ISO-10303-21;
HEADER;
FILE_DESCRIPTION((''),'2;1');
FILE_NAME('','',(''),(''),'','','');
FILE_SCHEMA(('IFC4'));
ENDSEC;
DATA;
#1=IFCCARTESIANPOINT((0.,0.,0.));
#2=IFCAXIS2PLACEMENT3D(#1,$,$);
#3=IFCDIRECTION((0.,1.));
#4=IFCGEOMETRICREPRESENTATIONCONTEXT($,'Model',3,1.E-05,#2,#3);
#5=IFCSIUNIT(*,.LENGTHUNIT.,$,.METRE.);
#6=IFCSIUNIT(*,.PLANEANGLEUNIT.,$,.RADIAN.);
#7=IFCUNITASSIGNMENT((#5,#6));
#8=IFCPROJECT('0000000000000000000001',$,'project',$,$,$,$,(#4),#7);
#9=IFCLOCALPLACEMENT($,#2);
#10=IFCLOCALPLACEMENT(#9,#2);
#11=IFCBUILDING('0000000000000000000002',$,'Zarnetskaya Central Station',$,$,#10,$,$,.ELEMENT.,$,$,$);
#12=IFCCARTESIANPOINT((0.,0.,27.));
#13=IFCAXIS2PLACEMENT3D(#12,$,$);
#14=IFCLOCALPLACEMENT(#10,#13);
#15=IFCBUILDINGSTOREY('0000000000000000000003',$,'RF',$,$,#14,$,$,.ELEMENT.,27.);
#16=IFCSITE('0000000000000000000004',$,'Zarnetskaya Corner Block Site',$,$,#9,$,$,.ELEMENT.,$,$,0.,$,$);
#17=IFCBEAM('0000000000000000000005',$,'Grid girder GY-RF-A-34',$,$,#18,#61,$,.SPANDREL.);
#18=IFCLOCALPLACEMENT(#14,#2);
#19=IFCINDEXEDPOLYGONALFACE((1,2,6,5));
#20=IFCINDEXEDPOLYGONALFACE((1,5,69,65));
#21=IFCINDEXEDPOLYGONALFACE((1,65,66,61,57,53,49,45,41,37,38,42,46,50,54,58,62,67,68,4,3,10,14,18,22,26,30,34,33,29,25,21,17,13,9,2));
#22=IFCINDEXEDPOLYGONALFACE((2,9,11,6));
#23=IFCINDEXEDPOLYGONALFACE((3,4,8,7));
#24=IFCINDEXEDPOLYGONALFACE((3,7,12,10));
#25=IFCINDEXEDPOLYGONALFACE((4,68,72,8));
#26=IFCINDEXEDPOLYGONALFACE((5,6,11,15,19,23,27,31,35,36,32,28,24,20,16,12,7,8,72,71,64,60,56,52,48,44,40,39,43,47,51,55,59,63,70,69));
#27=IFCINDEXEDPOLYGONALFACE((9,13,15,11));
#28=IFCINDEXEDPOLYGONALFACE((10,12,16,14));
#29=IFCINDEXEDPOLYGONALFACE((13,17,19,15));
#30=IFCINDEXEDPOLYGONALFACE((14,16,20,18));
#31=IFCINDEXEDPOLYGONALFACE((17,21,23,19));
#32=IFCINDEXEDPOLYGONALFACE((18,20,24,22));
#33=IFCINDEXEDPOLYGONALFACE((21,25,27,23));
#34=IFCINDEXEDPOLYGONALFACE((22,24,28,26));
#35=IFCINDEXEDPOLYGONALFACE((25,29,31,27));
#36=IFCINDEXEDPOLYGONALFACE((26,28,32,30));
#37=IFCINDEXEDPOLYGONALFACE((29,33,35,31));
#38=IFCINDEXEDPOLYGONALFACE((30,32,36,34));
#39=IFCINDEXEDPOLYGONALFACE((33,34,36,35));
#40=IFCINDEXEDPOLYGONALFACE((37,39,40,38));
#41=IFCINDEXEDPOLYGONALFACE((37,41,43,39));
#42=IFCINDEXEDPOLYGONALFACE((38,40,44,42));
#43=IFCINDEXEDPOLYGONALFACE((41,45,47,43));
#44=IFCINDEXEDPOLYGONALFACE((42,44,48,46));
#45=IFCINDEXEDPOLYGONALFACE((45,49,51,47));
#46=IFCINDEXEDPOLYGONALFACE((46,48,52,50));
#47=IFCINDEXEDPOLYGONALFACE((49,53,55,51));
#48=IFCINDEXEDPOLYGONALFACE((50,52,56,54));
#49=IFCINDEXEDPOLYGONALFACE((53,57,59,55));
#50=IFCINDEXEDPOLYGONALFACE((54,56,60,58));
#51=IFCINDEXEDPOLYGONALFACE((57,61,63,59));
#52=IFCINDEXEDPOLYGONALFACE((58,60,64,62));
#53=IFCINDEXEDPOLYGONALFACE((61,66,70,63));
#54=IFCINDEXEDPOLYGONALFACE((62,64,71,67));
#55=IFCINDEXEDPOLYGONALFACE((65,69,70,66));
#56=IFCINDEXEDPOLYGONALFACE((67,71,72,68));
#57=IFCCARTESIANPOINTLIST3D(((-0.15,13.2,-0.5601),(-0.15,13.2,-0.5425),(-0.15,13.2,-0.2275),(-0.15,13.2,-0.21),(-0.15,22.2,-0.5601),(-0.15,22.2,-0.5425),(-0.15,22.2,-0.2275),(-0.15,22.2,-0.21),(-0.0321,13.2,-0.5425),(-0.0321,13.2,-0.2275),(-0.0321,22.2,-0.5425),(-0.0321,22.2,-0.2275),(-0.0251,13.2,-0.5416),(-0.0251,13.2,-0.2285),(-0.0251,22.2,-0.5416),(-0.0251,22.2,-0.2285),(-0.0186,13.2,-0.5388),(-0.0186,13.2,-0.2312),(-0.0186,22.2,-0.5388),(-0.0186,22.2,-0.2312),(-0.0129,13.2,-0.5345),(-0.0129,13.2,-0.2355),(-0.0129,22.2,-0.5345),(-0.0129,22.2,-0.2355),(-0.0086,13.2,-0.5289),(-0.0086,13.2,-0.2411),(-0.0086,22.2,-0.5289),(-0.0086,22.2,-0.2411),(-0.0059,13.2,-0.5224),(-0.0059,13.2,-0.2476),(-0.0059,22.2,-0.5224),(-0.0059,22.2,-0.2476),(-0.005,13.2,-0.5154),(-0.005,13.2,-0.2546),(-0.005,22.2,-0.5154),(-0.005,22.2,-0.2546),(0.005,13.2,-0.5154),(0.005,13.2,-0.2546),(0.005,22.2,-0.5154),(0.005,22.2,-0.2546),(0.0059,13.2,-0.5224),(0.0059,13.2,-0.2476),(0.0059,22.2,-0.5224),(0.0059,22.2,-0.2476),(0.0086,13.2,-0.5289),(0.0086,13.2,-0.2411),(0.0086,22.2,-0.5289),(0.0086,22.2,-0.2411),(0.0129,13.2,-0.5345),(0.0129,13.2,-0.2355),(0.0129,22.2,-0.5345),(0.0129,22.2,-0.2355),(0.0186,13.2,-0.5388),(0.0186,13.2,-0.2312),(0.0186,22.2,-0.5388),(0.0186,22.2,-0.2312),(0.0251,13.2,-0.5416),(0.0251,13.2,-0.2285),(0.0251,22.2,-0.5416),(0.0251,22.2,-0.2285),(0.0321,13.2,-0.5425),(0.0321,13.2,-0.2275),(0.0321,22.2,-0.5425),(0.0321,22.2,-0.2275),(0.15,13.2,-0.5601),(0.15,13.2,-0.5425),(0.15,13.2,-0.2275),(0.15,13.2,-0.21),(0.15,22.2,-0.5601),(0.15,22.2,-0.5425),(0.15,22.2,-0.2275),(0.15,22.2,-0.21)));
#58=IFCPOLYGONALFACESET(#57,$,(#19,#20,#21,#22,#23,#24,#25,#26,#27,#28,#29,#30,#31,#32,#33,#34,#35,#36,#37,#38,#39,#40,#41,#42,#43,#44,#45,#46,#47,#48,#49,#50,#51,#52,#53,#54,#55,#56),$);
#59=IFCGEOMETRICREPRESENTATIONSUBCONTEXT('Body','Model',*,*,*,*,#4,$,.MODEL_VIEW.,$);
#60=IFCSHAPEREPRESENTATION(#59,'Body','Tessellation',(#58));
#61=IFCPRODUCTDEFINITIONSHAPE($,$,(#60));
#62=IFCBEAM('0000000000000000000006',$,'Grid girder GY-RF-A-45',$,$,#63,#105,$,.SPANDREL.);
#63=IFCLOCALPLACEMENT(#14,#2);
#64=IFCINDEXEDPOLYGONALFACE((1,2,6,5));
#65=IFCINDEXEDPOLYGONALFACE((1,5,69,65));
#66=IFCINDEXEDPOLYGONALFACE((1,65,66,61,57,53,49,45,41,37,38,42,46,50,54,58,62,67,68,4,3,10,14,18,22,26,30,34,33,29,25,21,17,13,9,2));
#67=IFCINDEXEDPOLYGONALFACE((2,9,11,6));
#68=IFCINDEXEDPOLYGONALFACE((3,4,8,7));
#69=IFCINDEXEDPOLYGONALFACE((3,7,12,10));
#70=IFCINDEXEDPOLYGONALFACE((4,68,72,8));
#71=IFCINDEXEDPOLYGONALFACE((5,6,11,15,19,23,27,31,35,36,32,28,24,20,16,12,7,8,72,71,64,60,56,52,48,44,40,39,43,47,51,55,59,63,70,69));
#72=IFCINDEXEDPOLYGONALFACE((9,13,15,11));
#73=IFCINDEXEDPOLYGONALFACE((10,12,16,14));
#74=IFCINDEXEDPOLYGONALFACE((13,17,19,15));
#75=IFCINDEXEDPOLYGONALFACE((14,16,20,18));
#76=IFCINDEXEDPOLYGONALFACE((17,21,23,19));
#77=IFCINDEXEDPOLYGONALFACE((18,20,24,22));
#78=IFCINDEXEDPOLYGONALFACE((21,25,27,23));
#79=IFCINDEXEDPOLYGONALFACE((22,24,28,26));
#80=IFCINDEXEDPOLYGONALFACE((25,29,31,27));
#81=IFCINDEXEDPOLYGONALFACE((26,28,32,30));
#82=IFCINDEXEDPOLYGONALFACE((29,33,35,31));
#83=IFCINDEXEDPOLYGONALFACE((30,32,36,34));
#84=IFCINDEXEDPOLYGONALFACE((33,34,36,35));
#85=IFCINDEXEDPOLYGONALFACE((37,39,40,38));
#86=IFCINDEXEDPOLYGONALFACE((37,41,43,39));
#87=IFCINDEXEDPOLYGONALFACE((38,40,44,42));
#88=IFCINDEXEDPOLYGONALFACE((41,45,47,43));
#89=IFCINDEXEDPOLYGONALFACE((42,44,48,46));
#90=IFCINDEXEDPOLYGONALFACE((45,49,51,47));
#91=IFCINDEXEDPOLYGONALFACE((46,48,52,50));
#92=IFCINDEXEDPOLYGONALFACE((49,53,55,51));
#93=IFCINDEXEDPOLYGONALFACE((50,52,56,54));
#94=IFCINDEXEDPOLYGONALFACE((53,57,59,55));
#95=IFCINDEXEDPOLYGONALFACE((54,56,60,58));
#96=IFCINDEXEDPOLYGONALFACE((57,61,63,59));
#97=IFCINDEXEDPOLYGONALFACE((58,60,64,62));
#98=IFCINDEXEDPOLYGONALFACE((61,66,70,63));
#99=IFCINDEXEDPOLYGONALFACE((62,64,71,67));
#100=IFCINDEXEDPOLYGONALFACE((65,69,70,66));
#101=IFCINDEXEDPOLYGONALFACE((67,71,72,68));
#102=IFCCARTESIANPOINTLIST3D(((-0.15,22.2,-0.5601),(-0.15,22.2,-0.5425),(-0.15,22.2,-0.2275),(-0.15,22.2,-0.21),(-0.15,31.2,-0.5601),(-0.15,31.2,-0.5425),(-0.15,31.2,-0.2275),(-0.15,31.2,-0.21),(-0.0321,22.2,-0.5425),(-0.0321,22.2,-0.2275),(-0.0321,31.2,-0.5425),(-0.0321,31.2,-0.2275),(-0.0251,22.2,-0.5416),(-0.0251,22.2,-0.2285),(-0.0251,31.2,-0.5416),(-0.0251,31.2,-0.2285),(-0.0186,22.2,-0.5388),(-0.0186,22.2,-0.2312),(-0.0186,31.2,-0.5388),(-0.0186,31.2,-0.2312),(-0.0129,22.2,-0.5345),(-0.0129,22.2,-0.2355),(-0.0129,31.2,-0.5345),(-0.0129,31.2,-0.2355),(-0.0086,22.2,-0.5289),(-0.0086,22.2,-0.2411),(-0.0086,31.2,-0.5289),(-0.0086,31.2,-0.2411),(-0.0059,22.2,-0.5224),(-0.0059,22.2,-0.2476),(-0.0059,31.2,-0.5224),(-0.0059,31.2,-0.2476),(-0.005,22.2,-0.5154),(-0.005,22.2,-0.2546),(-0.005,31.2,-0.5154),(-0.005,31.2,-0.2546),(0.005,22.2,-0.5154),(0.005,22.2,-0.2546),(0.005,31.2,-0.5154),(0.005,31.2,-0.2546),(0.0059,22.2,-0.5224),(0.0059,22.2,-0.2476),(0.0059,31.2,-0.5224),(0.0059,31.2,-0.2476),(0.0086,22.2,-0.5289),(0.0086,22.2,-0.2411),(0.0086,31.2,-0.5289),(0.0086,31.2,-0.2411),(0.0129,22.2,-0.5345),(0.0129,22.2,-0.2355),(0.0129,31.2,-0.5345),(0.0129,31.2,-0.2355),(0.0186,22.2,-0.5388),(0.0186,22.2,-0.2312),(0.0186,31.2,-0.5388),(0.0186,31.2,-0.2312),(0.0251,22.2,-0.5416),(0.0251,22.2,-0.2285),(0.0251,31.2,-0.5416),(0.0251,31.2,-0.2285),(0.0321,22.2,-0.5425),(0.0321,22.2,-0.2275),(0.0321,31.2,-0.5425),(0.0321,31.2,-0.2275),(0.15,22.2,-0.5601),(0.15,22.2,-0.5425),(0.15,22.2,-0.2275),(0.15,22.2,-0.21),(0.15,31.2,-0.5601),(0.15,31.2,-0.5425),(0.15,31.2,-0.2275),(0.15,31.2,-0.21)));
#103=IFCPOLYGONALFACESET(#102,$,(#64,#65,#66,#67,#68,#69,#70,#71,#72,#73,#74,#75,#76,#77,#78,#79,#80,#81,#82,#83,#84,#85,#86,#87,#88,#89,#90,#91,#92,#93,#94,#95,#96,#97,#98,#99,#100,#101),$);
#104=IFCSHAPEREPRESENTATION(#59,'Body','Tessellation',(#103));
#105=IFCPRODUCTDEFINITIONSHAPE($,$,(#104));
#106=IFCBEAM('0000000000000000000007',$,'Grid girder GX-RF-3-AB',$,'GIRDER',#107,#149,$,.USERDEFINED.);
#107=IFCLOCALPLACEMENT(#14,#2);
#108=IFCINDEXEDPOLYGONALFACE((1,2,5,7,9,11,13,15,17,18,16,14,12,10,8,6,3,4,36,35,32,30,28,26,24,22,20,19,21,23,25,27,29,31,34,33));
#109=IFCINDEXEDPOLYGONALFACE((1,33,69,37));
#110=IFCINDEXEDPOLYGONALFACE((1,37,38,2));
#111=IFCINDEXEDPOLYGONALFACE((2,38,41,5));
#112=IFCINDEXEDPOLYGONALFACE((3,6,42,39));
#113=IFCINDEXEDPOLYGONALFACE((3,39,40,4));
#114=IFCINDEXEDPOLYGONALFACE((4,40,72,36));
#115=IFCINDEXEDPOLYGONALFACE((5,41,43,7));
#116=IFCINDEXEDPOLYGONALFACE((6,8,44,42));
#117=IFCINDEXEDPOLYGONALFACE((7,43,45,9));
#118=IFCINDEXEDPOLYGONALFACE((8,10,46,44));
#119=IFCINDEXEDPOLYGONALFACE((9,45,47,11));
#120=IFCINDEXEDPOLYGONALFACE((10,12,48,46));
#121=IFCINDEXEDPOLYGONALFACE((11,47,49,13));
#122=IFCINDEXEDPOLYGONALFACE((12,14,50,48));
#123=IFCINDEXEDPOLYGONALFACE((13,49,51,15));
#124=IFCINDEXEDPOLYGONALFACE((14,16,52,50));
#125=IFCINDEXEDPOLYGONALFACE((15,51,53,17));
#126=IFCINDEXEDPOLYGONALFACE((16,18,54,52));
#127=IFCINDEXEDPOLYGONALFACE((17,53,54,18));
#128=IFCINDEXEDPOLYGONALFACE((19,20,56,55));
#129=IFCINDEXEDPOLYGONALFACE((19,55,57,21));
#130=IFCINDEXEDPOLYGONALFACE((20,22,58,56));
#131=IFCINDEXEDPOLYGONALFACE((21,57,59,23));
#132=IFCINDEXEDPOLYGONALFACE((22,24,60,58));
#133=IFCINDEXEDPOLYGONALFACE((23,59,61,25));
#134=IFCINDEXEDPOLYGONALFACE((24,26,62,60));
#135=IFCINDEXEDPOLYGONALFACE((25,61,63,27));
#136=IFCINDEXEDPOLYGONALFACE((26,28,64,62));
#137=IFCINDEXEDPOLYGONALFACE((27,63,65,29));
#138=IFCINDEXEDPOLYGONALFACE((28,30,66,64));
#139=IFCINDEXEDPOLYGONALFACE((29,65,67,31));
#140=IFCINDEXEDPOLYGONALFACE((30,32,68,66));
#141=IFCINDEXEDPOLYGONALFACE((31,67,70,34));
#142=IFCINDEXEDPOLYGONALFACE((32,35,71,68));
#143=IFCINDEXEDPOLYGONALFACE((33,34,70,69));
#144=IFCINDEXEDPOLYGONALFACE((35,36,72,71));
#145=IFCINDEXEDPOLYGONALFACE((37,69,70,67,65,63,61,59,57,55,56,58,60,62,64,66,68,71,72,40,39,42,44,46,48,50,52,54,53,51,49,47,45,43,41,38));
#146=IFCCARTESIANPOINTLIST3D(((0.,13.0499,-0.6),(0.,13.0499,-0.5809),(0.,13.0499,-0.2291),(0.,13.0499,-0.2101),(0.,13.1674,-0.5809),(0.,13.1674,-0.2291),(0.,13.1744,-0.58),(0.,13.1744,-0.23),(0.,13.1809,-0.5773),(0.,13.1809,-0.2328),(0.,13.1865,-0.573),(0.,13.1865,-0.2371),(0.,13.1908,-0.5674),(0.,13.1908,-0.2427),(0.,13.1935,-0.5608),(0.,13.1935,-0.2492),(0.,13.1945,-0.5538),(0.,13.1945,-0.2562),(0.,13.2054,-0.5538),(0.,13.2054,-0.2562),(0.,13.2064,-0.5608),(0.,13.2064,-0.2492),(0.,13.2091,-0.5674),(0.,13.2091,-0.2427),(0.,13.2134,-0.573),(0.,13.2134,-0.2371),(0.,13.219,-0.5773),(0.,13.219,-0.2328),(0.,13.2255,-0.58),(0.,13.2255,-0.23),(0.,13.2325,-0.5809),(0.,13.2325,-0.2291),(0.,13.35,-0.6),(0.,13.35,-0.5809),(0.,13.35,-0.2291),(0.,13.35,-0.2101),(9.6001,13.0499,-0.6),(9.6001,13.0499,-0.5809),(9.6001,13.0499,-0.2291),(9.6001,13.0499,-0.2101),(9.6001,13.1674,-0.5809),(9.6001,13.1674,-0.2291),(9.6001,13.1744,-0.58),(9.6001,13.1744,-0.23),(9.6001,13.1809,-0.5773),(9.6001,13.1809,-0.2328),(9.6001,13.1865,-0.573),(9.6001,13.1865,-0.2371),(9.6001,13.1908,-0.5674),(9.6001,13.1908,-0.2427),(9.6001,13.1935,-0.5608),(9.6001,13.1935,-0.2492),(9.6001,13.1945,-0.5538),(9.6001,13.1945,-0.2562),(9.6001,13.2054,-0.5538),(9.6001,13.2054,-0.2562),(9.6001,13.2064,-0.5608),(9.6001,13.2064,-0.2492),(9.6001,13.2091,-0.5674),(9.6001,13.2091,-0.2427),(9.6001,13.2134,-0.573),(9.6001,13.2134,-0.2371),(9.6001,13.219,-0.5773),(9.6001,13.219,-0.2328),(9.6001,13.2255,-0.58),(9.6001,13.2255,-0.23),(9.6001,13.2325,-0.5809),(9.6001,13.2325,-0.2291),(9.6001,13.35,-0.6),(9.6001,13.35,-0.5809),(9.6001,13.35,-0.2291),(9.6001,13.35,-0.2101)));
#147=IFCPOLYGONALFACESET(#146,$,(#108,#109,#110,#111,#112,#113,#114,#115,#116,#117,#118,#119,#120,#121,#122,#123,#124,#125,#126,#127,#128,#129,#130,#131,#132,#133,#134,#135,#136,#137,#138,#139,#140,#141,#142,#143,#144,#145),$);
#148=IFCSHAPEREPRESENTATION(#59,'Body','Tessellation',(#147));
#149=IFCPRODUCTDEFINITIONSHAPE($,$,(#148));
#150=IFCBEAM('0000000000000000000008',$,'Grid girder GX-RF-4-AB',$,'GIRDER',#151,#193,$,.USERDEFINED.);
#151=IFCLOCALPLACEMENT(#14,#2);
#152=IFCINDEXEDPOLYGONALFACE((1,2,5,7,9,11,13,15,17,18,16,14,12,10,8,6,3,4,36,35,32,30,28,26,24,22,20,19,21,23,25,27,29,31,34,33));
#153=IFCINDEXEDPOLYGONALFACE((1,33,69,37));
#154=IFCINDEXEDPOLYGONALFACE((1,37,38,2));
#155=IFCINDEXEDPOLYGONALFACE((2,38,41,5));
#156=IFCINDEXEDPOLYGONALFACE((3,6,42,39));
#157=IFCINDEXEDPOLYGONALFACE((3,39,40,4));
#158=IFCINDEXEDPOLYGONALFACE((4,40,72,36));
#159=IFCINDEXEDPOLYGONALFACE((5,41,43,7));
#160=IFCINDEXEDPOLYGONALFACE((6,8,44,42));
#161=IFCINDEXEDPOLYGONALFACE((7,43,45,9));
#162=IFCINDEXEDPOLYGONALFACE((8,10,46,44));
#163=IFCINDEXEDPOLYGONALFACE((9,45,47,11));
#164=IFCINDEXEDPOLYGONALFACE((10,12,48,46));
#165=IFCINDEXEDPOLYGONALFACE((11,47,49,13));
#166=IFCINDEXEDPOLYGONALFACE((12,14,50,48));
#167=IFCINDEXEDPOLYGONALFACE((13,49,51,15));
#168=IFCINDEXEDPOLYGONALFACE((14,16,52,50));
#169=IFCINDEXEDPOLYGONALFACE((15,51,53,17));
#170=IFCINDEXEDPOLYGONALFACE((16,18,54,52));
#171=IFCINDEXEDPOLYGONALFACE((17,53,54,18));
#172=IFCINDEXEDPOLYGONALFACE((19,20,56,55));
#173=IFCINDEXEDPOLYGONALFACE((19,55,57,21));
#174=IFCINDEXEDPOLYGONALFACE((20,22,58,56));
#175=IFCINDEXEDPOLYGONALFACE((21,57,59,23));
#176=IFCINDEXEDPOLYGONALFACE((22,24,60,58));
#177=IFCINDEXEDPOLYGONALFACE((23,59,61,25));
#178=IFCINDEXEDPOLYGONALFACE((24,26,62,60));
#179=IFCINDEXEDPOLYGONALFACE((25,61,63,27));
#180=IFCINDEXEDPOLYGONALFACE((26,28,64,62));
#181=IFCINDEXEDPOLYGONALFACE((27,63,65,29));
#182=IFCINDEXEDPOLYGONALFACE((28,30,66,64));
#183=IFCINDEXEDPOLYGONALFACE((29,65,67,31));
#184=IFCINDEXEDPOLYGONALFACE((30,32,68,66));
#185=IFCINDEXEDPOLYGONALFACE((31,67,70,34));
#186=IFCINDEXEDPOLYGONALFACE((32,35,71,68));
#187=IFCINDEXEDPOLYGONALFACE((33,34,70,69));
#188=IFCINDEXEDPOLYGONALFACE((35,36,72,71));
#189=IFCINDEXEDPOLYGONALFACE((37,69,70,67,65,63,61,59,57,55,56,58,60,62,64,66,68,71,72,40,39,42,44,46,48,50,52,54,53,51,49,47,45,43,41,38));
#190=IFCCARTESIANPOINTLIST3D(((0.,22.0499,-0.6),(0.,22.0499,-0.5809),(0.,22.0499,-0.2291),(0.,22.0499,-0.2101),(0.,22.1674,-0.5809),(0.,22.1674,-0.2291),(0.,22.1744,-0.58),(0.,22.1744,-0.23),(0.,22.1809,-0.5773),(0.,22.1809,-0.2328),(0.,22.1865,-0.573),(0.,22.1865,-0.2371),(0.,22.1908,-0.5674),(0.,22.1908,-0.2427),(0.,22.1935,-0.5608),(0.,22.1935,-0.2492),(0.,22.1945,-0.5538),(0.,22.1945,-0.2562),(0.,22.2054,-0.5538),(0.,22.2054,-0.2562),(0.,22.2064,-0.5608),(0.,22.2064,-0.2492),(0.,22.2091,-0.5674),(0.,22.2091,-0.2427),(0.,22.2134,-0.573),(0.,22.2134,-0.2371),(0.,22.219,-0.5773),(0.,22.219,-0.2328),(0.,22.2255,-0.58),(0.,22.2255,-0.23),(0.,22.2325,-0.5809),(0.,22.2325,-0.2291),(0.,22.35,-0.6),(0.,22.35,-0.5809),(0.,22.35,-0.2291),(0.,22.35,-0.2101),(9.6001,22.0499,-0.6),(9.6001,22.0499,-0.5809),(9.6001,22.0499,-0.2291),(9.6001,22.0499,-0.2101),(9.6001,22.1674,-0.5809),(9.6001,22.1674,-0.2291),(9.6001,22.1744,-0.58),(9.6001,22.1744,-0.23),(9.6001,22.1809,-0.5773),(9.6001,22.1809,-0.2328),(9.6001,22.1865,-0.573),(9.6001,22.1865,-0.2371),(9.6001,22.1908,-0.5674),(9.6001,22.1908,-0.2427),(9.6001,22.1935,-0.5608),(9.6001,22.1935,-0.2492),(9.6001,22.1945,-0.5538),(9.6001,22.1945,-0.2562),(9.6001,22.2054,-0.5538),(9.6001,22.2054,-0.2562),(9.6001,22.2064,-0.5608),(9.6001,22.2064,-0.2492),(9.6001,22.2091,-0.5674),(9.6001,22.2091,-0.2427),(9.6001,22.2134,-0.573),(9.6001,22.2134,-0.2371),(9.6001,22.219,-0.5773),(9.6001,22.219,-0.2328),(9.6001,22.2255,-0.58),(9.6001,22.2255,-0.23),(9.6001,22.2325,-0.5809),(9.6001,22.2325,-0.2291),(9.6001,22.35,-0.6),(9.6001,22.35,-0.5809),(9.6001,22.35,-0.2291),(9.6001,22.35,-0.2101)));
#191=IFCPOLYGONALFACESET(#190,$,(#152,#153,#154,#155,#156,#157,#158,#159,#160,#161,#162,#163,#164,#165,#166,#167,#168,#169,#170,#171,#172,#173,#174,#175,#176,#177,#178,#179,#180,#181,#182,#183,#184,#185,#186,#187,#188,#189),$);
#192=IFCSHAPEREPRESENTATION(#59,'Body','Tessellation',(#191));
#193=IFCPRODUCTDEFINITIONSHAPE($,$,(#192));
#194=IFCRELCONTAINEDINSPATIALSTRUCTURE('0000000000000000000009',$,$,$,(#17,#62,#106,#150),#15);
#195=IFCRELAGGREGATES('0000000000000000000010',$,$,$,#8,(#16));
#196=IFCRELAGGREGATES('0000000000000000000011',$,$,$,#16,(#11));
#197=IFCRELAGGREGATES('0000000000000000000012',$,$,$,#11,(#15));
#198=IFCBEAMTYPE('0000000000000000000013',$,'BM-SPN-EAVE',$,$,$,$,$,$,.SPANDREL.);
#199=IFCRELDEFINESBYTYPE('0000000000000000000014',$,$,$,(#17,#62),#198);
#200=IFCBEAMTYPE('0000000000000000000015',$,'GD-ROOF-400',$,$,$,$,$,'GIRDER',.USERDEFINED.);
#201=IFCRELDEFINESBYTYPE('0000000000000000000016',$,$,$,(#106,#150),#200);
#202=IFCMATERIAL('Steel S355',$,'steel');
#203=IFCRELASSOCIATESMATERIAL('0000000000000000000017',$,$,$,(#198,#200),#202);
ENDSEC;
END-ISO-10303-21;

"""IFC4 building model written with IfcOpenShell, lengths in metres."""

from ifc_helpers import new_model, si_unit, direction, frame, origin, origin_2d, place, context, subcontext, project, spatial, i_section, extrude, material, material_profile, profile_set, type_object, element, save


model = new_model("IFC4")

# Units and contexts
model_context = context("Model", 3, precision=1e-05, world=origin(), true_north=direction((0.0, 1.0)))
body_context = subcontext(model_context, "Body", "Model", "MODEL_VIEW")
ifc_project = project(units=[si_unit("LENGTHUNIT", "METRE"), si_unit("PLANEANGLEUNIT", "RADIAN")], contexts=[model_context])

# Site, building, storey
site_placement = place(None, origin())
site = spatial("IfcSite", under=ifc_project, at=site_placement, Name="Zarnetskaya Corner Block Site", CompositionType="ELEMENT", RefElevation=0.0)
building_placement = place(site_placement, origin())
building = spatial("IfcBuilding", under=site, at=building_placement, Name="Zarnetskaya Central Station", CompositionType="ELEMENT")
storey_placement = place(building_placement, frame((0.0, 0.0, 27.0)))
storey = spatial("IfcBuildingStorey", under=building, at=storey_placement, Name="RF", CompositionType="ELEMENT", Elevation=27.0)

# Beams
ifc_material = material(Name="Steel S355", Category="steel")
ifc_material_profile_1 = material_profile(ifc_material, i_section(OverallWidth=0.3, OverallDepth=0.3501, WebThickness=0.01, FlangeThickness=0.0176, FilletRadius=0.0271, at=origin_2d()), Name="HEA 360")
ifc_profile_set_1 = profile_set([ifc_material_profile_1], Name="Steel S355")
beam_type_1 = type_object("IfcBeamType", Name="BM-SPN-EAVE", PredefinedType="SPANDREL", material=ifc_profile_set_1)
for number, where, z_axis, x_axis, name in (
    (1, (0.0, 13.2, -0.385), (0.0, 1.0, 0.0), (-1.0, 0.0, 0.0), "Grid girder GY-RF-A-34"),
    (2, (0.0, 22.2, -0.385), (0.0, 1.0, 0.0), (-1.0, 0.0, 0.0), "Grid girder GY-RF-A-45"),
):
    element("IfcBeam", number, at=place(storey_placement, frame(where, z_axis=z_axis, x_axis=x_axis)), inside=storey, type_object=beam_type_1, Name=name, PredefinedType="SPANDREL", context=body_context, shape_type="SweptSolid", body=[
        extrude(i_section(OverallWidth=0.3, OverallDepth=0.3501, WebThickness=0.01, FlangeThickness=0.0176, FilletRadius=0.0271, at=origin_2d()), origin(), (0.0, 0.0, 1.0), 9.0),
    ])
ifc_material_profile_2 = material_profile(ifc_material, i_section(OverallWidth=0.3, OverallDepth=0.3899, WebThickness=0.011, FlangeThickness=0.019, FilletRadius=0.0271, at=origin_2d()), Name="HEA 400")
ifc_profile_set_2 = profile_set([ifc_material_profile_2], Name="Steel S355")
beam_type_2 = type_object("IfcBeamType", Name="GD-ROOF-400", ElementType="GIRDER", PredefinedType="USERDEFINED", material=ifc_profile_set_2)
for number, where, z_axis, x_axis, name in (
    (3, (0.0, 13.2, -0.405), (1.0, 0.0, 0.0), (0.0, 1.0, 0.0), "Grid girder GX-RF-3-AB"),
    (4, (0.0, 22.2, -0.405), (1.0, 0.0, 0.0), (0.0, 1.0, 0.0), "Grid girder GX-RF-4-AB"),
):
    element("IfcBeam", number, at=place(storey_placement, frame(where, z_axis=z_axis, x_axis=x_axis)), inside=storey, type_object=beam_type_2, Name=name, ObjectType="GIRDER", PredefinedType="USERDEFINED", context=body_context, shape_type="SweptSolid", body=[
        extrude(i_section(OverallWidth=0.3, OverallDepth=0.3899, WebThickness=0.011, FlangeThickness=0.019, FilletRadius=0.0271, at=origin_2d()), origin(), (0.0, 0.0, 1.0), 9.6001),
    ])

save(model, "model.ifc")
